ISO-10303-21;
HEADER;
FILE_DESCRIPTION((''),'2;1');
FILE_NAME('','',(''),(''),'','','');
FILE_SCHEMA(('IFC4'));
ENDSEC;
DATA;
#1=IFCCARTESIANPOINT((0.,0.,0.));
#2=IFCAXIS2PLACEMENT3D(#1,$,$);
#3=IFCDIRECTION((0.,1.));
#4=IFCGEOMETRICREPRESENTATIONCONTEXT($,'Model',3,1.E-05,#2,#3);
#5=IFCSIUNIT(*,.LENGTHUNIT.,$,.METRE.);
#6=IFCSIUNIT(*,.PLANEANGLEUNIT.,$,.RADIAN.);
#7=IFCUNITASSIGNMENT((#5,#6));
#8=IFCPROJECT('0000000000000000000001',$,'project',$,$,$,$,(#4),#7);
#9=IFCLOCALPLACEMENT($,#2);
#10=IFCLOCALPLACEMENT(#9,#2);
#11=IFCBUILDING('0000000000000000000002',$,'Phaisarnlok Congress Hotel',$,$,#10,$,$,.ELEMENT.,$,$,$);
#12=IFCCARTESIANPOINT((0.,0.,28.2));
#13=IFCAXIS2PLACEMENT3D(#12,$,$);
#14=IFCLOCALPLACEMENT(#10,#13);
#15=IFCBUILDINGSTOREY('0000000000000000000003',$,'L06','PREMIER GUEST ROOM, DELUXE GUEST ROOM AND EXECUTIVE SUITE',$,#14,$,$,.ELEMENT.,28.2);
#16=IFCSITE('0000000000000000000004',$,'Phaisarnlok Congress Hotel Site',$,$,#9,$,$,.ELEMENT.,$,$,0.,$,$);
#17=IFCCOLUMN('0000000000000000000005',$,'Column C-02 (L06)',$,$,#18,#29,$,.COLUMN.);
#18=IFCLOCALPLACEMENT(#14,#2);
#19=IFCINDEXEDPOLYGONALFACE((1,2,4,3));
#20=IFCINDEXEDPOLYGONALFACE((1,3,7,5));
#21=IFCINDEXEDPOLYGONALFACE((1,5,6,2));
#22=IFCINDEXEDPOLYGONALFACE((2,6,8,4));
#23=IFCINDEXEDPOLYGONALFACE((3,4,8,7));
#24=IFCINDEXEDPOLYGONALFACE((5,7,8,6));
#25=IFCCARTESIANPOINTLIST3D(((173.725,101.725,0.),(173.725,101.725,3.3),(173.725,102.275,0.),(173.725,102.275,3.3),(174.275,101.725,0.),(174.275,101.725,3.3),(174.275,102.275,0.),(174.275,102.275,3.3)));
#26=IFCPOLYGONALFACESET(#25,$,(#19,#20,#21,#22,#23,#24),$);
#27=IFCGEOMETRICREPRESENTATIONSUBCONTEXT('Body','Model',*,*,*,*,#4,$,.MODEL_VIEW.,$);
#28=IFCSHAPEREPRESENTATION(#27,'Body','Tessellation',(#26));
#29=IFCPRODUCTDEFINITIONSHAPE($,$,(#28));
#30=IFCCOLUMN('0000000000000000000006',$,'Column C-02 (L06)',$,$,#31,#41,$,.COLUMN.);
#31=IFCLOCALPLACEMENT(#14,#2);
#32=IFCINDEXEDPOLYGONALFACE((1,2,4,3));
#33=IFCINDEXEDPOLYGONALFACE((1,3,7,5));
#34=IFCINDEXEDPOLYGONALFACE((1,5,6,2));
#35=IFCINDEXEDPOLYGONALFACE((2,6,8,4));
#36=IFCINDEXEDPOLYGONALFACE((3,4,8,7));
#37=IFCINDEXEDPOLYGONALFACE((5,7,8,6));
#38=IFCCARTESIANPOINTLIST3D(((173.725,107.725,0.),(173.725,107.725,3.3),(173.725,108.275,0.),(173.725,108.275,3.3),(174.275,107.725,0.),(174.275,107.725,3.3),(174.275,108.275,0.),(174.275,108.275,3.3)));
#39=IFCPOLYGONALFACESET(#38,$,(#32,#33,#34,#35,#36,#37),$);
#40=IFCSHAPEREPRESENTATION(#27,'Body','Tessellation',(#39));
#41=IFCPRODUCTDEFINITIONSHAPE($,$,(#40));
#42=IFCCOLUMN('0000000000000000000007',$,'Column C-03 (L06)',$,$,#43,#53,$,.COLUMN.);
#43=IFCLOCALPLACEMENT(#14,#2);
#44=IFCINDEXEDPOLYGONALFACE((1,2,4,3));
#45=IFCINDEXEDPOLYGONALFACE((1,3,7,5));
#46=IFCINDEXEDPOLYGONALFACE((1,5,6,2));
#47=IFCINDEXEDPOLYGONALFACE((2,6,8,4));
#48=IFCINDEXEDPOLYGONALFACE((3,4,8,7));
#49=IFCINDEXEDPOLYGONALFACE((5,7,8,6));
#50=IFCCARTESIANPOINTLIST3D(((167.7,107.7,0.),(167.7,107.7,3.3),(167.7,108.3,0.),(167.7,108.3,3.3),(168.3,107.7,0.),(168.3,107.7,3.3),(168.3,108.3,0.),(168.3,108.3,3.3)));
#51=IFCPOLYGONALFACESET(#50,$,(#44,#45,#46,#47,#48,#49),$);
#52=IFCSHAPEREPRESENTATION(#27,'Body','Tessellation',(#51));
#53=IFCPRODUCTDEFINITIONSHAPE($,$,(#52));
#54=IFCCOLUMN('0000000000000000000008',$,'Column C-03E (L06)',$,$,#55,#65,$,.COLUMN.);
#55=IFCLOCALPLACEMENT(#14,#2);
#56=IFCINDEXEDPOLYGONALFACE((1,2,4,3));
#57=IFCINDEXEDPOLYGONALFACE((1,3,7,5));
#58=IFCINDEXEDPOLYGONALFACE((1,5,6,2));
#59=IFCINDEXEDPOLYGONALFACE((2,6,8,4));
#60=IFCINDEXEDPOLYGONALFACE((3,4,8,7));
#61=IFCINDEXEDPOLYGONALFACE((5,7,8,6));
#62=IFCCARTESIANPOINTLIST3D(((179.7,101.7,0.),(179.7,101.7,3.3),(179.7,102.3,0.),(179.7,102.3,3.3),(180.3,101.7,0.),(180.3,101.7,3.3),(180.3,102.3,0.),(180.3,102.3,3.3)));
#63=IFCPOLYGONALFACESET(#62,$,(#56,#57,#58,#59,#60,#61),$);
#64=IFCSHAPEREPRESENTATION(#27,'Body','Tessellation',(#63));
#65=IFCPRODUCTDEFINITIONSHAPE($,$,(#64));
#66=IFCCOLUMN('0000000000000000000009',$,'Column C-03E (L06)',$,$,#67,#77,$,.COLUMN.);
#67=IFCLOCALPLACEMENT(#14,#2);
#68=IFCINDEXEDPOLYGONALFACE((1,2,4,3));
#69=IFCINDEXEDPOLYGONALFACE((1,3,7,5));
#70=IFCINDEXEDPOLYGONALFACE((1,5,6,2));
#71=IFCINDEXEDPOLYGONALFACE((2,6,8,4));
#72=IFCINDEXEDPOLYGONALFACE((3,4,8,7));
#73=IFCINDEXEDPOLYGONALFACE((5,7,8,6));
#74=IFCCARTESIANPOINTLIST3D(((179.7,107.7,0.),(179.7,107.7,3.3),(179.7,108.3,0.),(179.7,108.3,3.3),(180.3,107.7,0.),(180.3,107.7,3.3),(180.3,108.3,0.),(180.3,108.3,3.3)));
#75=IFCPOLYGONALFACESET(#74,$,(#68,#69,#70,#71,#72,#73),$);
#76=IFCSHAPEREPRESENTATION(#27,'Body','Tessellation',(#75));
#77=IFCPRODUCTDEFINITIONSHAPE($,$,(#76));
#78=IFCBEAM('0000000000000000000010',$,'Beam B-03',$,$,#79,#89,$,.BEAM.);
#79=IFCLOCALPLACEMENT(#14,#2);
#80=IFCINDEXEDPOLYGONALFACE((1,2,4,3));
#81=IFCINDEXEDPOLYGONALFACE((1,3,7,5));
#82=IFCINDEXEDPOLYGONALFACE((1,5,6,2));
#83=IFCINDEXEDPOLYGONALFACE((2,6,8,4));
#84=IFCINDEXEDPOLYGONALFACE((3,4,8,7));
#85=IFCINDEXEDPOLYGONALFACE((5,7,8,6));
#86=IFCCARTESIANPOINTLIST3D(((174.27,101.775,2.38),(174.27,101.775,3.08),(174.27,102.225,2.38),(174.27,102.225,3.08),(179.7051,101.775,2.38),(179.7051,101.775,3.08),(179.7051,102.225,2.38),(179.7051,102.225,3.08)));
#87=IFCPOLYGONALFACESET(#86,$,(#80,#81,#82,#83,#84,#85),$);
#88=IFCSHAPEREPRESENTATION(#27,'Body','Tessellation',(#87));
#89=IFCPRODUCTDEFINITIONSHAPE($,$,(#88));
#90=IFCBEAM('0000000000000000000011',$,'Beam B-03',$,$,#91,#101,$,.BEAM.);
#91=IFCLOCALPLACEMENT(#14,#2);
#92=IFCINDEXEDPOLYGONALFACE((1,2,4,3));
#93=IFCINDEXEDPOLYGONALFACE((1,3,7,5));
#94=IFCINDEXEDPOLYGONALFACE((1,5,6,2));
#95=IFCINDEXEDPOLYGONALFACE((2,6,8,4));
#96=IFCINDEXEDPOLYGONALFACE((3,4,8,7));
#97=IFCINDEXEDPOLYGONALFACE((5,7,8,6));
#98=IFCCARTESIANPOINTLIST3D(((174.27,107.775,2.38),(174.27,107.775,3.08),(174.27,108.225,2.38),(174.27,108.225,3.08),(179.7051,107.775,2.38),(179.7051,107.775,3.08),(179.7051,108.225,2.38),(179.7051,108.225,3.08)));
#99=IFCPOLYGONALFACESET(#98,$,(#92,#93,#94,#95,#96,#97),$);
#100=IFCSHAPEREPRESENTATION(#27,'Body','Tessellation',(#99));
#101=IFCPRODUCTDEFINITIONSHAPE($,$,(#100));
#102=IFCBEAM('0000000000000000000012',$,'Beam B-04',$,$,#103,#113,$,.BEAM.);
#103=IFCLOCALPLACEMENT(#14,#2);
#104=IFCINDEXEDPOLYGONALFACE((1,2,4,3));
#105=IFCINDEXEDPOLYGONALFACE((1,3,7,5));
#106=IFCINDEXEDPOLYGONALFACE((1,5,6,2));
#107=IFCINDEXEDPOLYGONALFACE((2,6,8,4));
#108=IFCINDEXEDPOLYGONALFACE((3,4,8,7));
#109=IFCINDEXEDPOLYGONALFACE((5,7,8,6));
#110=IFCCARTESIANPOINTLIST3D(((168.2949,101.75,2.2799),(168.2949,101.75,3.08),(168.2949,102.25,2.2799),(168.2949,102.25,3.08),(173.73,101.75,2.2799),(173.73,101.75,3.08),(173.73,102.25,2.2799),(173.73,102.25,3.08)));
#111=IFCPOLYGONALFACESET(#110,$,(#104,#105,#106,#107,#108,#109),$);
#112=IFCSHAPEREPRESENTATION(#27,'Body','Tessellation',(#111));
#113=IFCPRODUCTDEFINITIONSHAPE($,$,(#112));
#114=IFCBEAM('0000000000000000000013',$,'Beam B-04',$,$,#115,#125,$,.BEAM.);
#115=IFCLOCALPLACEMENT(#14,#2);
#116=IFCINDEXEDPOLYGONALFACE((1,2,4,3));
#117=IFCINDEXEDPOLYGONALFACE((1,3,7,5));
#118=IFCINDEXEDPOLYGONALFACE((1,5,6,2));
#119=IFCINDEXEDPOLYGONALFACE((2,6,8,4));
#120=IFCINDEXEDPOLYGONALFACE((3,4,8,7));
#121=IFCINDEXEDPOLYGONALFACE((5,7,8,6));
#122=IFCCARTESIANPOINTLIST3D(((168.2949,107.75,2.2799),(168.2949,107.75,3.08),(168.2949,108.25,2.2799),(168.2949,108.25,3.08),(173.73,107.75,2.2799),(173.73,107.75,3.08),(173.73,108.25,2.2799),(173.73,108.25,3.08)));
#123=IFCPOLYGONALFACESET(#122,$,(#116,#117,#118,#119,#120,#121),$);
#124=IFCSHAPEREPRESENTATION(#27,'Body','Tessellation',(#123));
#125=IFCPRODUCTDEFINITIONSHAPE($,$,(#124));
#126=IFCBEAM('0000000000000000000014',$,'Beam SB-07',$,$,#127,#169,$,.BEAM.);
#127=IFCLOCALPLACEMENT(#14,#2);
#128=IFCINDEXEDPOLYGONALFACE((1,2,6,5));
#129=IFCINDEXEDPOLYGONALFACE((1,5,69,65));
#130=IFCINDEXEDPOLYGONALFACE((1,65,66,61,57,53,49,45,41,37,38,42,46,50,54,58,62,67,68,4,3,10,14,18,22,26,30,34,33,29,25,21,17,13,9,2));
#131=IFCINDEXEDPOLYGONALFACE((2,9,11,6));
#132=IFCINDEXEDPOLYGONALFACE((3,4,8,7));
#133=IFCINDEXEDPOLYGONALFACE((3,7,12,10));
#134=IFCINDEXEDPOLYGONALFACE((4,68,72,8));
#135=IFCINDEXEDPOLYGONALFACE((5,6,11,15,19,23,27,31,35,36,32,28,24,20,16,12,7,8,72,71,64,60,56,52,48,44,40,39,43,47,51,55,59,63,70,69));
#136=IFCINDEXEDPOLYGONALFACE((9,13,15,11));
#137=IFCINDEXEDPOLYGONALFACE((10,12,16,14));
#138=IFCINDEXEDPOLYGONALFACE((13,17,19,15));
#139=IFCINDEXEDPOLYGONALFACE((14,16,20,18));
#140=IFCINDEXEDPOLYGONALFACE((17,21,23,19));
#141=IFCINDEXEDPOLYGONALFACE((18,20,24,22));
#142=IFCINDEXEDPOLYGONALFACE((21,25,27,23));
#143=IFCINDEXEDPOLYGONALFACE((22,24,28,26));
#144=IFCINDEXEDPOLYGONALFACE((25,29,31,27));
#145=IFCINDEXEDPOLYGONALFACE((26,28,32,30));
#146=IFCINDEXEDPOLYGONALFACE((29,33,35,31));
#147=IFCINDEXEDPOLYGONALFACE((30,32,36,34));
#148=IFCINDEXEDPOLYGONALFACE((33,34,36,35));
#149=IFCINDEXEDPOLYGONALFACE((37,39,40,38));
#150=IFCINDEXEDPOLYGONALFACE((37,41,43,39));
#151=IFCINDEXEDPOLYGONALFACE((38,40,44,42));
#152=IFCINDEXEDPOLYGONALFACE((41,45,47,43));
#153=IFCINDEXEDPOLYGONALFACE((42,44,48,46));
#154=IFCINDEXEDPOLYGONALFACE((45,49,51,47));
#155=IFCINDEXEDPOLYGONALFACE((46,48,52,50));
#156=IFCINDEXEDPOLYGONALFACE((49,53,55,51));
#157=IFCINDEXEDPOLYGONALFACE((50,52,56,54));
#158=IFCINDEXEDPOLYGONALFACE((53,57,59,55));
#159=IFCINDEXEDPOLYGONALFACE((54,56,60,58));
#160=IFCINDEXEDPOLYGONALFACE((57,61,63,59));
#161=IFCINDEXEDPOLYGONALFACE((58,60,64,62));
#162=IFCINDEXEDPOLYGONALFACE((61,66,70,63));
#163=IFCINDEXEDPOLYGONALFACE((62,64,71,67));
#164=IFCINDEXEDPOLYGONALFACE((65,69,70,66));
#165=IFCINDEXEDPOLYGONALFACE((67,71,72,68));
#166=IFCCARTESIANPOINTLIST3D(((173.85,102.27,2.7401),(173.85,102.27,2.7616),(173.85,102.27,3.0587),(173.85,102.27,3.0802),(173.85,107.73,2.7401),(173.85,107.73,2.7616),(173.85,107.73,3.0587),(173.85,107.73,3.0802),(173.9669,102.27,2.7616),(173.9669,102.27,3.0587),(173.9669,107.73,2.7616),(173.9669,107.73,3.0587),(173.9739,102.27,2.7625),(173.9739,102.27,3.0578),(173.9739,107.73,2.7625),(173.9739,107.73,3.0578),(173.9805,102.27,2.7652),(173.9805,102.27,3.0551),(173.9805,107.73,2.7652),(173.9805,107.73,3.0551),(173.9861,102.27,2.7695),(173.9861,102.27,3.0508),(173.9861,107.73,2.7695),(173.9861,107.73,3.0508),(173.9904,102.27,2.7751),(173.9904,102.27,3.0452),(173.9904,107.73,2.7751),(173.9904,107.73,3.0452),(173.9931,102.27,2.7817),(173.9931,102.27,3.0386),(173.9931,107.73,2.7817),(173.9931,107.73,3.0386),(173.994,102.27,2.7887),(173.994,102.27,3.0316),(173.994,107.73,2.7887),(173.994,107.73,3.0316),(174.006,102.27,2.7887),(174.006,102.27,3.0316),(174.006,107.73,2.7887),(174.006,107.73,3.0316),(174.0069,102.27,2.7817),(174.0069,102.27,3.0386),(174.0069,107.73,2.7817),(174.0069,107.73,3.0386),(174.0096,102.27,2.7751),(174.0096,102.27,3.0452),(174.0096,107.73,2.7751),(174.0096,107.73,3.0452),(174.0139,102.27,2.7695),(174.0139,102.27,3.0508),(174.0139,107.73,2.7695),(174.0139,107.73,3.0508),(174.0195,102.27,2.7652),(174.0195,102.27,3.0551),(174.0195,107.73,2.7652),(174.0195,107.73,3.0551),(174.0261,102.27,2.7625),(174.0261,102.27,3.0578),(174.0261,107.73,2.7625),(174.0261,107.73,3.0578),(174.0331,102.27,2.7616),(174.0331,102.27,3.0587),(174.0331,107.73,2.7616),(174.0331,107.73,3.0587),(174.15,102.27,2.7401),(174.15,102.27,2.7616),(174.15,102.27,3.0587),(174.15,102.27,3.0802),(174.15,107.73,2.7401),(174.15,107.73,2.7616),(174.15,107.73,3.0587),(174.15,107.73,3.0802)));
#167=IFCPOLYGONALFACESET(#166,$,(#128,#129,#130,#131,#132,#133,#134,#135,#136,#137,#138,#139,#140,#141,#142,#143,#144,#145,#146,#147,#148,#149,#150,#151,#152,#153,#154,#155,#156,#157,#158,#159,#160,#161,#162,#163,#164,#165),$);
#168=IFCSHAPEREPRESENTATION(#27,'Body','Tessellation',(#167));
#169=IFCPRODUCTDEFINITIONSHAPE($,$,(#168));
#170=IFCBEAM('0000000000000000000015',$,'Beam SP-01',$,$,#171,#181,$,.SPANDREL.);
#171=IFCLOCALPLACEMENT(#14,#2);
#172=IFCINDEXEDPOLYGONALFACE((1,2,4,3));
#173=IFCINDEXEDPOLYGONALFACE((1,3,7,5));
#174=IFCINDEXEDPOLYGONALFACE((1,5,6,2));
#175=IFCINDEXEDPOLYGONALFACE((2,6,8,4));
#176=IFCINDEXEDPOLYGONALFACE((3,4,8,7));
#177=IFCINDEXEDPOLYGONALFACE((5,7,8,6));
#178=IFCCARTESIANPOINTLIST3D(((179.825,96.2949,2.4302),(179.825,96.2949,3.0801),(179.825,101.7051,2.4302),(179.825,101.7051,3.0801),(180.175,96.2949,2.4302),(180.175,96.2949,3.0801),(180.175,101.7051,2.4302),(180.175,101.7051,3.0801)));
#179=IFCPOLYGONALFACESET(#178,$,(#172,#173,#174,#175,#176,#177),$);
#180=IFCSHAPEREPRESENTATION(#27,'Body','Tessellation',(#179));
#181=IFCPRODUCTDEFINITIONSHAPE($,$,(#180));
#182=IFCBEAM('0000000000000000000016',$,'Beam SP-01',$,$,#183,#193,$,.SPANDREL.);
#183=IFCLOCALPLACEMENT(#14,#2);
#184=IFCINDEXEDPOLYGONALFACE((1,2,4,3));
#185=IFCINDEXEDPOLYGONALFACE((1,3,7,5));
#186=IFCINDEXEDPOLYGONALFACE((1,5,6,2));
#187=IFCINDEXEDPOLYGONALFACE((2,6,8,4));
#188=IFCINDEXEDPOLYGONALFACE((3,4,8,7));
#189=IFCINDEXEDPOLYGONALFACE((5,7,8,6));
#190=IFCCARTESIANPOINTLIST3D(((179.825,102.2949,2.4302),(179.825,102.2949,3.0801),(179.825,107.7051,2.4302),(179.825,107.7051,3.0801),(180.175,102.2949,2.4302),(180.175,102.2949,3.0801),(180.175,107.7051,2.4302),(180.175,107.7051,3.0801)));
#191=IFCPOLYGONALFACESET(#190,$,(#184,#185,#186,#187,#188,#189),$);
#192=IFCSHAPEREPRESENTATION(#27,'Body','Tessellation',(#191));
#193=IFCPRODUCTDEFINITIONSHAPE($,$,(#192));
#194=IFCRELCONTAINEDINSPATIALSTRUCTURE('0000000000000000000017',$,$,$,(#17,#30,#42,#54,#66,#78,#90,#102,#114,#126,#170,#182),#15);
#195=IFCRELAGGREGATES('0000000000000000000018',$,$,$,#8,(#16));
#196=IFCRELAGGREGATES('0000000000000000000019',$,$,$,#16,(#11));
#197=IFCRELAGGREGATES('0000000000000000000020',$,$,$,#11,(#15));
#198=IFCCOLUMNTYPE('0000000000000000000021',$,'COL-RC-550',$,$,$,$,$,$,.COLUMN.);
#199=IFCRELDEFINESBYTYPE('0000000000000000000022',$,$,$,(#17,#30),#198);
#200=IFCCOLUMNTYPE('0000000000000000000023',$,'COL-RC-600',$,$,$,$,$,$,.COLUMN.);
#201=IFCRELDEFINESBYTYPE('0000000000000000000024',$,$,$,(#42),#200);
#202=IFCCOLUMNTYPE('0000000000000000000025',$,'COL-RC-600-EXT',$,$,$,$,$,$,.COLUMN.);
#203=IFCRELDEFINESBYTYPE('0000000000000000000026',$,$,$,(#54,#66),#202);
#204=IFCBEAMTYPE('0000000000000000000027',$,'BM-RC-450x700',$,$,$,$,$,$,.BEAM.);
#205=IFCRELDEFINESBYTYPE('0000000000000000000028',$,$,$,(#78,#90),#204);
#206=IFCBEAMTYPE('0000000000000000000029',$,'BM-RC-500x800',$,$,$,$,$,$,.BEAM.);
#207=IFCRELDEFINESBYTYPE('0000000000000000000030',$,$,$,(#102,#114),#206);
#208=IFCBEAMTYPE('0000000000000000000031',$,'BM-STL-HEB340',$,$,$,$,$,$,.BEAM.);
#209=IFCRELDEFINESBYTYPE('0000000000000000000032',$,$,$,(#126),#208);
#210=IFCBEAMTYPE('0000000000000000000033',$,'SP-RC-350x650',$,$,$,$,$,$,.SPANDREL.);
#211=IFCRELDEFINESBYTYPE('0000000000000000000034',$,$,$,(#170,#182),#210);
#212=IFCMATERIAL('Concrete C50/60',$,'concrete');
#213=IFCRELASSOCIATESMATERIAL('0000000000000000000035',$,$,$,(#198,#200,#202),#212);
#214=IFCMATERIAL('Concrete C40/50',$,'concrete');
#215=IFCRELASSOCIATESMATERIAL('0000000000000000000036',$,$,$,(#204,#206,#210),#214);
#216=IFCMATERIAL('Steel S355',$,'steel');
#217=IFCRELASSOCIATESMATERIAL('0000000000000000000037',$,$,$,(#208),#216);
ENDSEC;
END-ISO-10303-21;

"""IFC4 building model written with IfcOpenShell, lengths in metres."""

from ifc_helpers import new_model, si_unit, direction, frame, origin, origin_2d, place, context, subcontext, project, spatial, rectangle, i_section, extrude, material, material_profile, profile_set, type_object, element, save


model = new_model("IFC4")

# Units and contexts
model_context = context("Model", 3, precision=1e-05, world=origin(), true_north=direction((0.0, 1.0)))
body_context = subcontext(model_context, "Body", "Model", "MODEL_VIEW")
ifc_project = project(units=[si_unit("LENGTHUNIT", "METRE"), si_unit("PLANEANGLEUNIT", "RADIAN")], contexts=[model_context])

# Site, building, storey
site_placement = place(None, origin())
site = spatial("IfcSite", under=ifc_project, at=site_placement, Name="Phaisarnlok Congress Hotel Site", CompositionType="ELEMENT", RefElevation=0.0)
building_placement = place(site_placement, origin())
building = spatial("IfcBuilding", under=site, at=building_placement, Name="Phaisarnlok Congress Hotel", CompositionType="ELEMENT")
storey_placement = place(building_placement, frame((0.0, 0.0, 28.2)))
storey = spatial("IfcBuildingStorey", under=building, at=storey_placement, Name="L06", Description="PREMIER GUEST ROOM, DELUXE GUEST ROOM AND EXECUTIVE SUITE", CompositionType="ELEMENT", Elevation=28.2)

# Columns
ifc_material_1 = material(Name="Concrete C50/60", Category="concrete")
ifc_material_profile_1 = material_profile(ifc_material_1, rectangle(XDim=0.55, YDim=0.55, at=origin_2d()), Name="RC 550x550")
ifc_profile_set_1 = profile_set([ifc_material_profile_1], Name="Concrete C50/60")
column_type_1 = type_object("IfcColumnType", Name="COL-RC-550", PredefinedType="COLUMN", material=ifc_profile_set_1)
for number, where, z_axis, x_axis, name in (
    (1, (174.0, 102.0, 0.0), (0.0, 0.0, 1.0), (1.0, 0.0, 0.0), "Column C-02 (L06)"),
    (2, (174.0, 108.0, 0.0), (0.0, 0.0, 1.0), (1.0, 0.0, 0.0), "Column C-02 (L06)"),
):
    element("IfcColumn", number, at=place(storey_placement, frame(where, z_axis=z_axis, x_axis=x_axis)), inside=storey, type_object=column_type_1, Name=name, PredefinedType="COLUMN", context=body_context, shape_type="SweptSolid", body=[
        extrude(rectangle(XDim=0.55, YDim=0.55, at=origin_2d()), origin(), (0.0, 0.0, 1.0), 3.3),
    ])
ifc_material_profile_2 = material_profile(ifc_material_1, rectangle(XDim=0.6001, YDim=0.6001, at=origin_2d()), Name="RC 600x600")
ifc_profile_set_2 = profile_set([ifc_material_profile_2], Name="Concrete C50/60")
column_type_2 = type_object("IfcColumnType", Name="COL-RC-600", PredefinedType="COLUMN", material=ifc_profile_set_2)
column_placement = place(storey_placement, frame((168.0, 108.0, 0.0), z_axis=(0.0, 0.0, 1.0), x_axis=(1.0, 0.0, 0.0)))
element("IfcColumn", 3, at=column_placement, inside=storey, type_object=column_type_2, Name="Column C-03 (L06)", PredefinedType="COLUMN", context=body_context, shape_type="SweptSolid", body=[
    extrude(rectangle(XDim=0.6001, YDim=0.6001, at=origin_2d()), origin(), (0.0, 0.0, 1.0), 3.3),
])
ifc_material_profile_3 = material_profile(ifc_material_1, rectangle(XDim=0.6001, YDim=0.6001, at=origin_2d()), Name="RC 600x600")
ifc_profile_set_3 = profile_set([ifc_material_profile_3], Name="Concrete C50/60")
column_type_3 = type_object("IfcColumnType", Name="COL-RC-600-EXT", PredefinedType="COLUMN", material=ifc_profile_set_3)
for number, where, z_axis, x_axis, name in (
    (4, (180.0, 102.0, 0.0), (0.0, 0.0, 1.0), (1.0, 0.0, 0.0), "Column C-03E (L06)"),
    (5, (180.0, 108.0, 0.0), (0.0, 0.0, 1.0), (1.0, 0.0, 0.0), "Column C-03E (L06)"),
):
    element("IfcColumn", number, at=place(storey_placement, frame(where, z_axis=z_axis, x_axis=x_axis)), inside=storey, type_object=column_type_3, Name=name, PredefinedType="COLUMN", context=body_context, shape_type="SweptSolid", body=[
        extrude(rectangle(XDim=0.6001, YDim=0.6001, at=origin_2d()), origin(), (0.0, 0.0, 1.0), 3.3),
    ])

# Beams
ifc_material_2 = material(Name="Concrete C40/50", Category="concrete")
ifc_material_profile_4 = material_profile(ifc_material_2, rectangle(XDim=0.45, YDim=0.7, at=origin_2d()), Name="RC 450x700")
ifc_profile_set_4 = profile_set([ifc_material_profile_4], Name="Concrete C40/50")
beam_type_1 = type_object("IfcBeamType", Name="BM-RC-450x700", PredefinedType="BEAM", material=ifc_profile_set_4)
for number, where, z_axis, x_axis, name in (
    (6, (174.27, 102.0, 2.73), (1.0, 0.0, 0.0), (0.0, 1.0, 0.0), "Beam B-03"),
    (7, (174.27, 108.0, 2.73), (1.0, 0.0, 0.0), (0.0, 1.0, 0.0), "Beam B-03"),
):
    element("IfcBeam", number, at=place(storey_placement, frame(where, z_axis=z_axis, x_axis=x_axis)), inside=storey, type_object=beam_type_1, Name=name, PredefinedType="BEAM", context=body_context, shape_type="SweptSolid", body=[
        extrude(rectangle(XDim=0.45, YDim=0.7, at=origin_2d()), origin(), (0.0, 0.0, 1.0), 5.4351),
    ])
ifc_material_profile_5 = material_profile(ifc_material_2, rectangle(XDim=0.5, YDim=0.8, at=origin_2d()), Name="RC 500x800")
ifc_profile_set_5 = profile_set([ifc_material_profile_5], Name="Concrete C40/50")
beam_type_2 = type_object("IfcBeamType", Name="BM-RC-500x800", PredefinedType="BEAM", material=ifc_profile_set_5)
for number, where, z_axis, x_axis, name in (
    (8, (168.2949, 102.0, 2.6799), (1.0, 0.0, 0.0), (0.0, 1.0, 0.0), "Beam B-04"),
    (9, (168.2949, 108.0, 2.6799), (1.0, 0.0, 0.0), (0.0, 1.0, 0.0), "Beam B-04"),
):
    element("IfcBeam", number, at=place(storey_placement, frame(where, z_axis=z_axis, x_axis=x_axis)), inside=storey, type_object=beam_type_2, Name=name, PredefinedType="BEAM", context=body_context, shape_type="SweptSolid", body=[
        extrude(rectangle(XDim=0.5, YDim=0.8, at=origin_2d()), origin(), (0.0, 0.0, 1.0), 5.4351),
    ])
ifc_material_3 = material(Name="Steel S355", Category="steel")
ifc_material_profile_6 = material_profile(ifc_material_3, i_section(OverallWidth=0.3, OverallDepth=0.3401, WebThickness=0.012, FlangeThickness=0.0215, FilletRadius=0.0271, at=origin_2d()), Name="HEB 340")
ifc_profile_set_6 = profile_set([ifc_material_profile_6], Name="Steel S355")
beam_type_3 = type_object("IfcBeamType", Name="BM-STL-HEB340", PredefinedType="BEAM", material=ifc_profile_set_6)
beam_placement = place(storey_placement, frame((174.0, 102.27, 2.9102), z_axis=(0.0, 1.0, 0.0), x_axis=(-1.0, 0.0, 0.0)))
element("IfcBeam", 10, at=beam_placement, inside=storey, type_object=beam_type_3, Name="Beam SB-07", PredefinedType="BEAM", context=body_context, shape_type="SweptSolid", body=[
    extrude(i_section(OverallWidth=0.3, OverallDepth=0.3401, WebThickness=0.012, FlangeThickness=0.0215, FilletRadius=0.0271, at=origin_2d()), origin(), (0.0, 0.0, 1.0), 5.46),
])
ifc_material_profile_7 = material_profile(ifc_material_2, rectangle(XDim=0.3501, YDim=0.6499, at=origin_2d()), Name="RC 350x650")
ifc_profile_set_7 = profile_set([ifc_material_profile_7], Name="Concrete C40/50")
beam_type_4 = type_object("IfcBeamType", Name="SP-RC-350x650", PredefinedType="SPANDREL", material=ifc_profile_set_7)
for number, where, z_axis, x_axis, name in (
    (11, (180.0, 96.2949, 2.7551), (0.0, 1.0, 0.0), (-1.0, 0.0, 0.0), "Beam SP-01"),
    (12, (180.0, 102.2949, 2.7551), (0.0, 1.0, 0.0), (-1.0, 0.0, 0.0), "Beam SP-01"),
):
    element("IfcBeam", number, at=place(storey_placement, frame(where, z_axis=z_axis, x_axis=x_axis)), inside=storey, type_object=beam_type_4, Name=name, PredefinedType="SPANDREL", context=body_context, shape_type="SweptSolid", body=[
        extrude(rectangle(XDim=0.3501, YDim=0.6499, at=origin_2d()), origin(), (0.0, 0.0, 1.0), 5.4102),
    ])

save(model, "model.ifc")
